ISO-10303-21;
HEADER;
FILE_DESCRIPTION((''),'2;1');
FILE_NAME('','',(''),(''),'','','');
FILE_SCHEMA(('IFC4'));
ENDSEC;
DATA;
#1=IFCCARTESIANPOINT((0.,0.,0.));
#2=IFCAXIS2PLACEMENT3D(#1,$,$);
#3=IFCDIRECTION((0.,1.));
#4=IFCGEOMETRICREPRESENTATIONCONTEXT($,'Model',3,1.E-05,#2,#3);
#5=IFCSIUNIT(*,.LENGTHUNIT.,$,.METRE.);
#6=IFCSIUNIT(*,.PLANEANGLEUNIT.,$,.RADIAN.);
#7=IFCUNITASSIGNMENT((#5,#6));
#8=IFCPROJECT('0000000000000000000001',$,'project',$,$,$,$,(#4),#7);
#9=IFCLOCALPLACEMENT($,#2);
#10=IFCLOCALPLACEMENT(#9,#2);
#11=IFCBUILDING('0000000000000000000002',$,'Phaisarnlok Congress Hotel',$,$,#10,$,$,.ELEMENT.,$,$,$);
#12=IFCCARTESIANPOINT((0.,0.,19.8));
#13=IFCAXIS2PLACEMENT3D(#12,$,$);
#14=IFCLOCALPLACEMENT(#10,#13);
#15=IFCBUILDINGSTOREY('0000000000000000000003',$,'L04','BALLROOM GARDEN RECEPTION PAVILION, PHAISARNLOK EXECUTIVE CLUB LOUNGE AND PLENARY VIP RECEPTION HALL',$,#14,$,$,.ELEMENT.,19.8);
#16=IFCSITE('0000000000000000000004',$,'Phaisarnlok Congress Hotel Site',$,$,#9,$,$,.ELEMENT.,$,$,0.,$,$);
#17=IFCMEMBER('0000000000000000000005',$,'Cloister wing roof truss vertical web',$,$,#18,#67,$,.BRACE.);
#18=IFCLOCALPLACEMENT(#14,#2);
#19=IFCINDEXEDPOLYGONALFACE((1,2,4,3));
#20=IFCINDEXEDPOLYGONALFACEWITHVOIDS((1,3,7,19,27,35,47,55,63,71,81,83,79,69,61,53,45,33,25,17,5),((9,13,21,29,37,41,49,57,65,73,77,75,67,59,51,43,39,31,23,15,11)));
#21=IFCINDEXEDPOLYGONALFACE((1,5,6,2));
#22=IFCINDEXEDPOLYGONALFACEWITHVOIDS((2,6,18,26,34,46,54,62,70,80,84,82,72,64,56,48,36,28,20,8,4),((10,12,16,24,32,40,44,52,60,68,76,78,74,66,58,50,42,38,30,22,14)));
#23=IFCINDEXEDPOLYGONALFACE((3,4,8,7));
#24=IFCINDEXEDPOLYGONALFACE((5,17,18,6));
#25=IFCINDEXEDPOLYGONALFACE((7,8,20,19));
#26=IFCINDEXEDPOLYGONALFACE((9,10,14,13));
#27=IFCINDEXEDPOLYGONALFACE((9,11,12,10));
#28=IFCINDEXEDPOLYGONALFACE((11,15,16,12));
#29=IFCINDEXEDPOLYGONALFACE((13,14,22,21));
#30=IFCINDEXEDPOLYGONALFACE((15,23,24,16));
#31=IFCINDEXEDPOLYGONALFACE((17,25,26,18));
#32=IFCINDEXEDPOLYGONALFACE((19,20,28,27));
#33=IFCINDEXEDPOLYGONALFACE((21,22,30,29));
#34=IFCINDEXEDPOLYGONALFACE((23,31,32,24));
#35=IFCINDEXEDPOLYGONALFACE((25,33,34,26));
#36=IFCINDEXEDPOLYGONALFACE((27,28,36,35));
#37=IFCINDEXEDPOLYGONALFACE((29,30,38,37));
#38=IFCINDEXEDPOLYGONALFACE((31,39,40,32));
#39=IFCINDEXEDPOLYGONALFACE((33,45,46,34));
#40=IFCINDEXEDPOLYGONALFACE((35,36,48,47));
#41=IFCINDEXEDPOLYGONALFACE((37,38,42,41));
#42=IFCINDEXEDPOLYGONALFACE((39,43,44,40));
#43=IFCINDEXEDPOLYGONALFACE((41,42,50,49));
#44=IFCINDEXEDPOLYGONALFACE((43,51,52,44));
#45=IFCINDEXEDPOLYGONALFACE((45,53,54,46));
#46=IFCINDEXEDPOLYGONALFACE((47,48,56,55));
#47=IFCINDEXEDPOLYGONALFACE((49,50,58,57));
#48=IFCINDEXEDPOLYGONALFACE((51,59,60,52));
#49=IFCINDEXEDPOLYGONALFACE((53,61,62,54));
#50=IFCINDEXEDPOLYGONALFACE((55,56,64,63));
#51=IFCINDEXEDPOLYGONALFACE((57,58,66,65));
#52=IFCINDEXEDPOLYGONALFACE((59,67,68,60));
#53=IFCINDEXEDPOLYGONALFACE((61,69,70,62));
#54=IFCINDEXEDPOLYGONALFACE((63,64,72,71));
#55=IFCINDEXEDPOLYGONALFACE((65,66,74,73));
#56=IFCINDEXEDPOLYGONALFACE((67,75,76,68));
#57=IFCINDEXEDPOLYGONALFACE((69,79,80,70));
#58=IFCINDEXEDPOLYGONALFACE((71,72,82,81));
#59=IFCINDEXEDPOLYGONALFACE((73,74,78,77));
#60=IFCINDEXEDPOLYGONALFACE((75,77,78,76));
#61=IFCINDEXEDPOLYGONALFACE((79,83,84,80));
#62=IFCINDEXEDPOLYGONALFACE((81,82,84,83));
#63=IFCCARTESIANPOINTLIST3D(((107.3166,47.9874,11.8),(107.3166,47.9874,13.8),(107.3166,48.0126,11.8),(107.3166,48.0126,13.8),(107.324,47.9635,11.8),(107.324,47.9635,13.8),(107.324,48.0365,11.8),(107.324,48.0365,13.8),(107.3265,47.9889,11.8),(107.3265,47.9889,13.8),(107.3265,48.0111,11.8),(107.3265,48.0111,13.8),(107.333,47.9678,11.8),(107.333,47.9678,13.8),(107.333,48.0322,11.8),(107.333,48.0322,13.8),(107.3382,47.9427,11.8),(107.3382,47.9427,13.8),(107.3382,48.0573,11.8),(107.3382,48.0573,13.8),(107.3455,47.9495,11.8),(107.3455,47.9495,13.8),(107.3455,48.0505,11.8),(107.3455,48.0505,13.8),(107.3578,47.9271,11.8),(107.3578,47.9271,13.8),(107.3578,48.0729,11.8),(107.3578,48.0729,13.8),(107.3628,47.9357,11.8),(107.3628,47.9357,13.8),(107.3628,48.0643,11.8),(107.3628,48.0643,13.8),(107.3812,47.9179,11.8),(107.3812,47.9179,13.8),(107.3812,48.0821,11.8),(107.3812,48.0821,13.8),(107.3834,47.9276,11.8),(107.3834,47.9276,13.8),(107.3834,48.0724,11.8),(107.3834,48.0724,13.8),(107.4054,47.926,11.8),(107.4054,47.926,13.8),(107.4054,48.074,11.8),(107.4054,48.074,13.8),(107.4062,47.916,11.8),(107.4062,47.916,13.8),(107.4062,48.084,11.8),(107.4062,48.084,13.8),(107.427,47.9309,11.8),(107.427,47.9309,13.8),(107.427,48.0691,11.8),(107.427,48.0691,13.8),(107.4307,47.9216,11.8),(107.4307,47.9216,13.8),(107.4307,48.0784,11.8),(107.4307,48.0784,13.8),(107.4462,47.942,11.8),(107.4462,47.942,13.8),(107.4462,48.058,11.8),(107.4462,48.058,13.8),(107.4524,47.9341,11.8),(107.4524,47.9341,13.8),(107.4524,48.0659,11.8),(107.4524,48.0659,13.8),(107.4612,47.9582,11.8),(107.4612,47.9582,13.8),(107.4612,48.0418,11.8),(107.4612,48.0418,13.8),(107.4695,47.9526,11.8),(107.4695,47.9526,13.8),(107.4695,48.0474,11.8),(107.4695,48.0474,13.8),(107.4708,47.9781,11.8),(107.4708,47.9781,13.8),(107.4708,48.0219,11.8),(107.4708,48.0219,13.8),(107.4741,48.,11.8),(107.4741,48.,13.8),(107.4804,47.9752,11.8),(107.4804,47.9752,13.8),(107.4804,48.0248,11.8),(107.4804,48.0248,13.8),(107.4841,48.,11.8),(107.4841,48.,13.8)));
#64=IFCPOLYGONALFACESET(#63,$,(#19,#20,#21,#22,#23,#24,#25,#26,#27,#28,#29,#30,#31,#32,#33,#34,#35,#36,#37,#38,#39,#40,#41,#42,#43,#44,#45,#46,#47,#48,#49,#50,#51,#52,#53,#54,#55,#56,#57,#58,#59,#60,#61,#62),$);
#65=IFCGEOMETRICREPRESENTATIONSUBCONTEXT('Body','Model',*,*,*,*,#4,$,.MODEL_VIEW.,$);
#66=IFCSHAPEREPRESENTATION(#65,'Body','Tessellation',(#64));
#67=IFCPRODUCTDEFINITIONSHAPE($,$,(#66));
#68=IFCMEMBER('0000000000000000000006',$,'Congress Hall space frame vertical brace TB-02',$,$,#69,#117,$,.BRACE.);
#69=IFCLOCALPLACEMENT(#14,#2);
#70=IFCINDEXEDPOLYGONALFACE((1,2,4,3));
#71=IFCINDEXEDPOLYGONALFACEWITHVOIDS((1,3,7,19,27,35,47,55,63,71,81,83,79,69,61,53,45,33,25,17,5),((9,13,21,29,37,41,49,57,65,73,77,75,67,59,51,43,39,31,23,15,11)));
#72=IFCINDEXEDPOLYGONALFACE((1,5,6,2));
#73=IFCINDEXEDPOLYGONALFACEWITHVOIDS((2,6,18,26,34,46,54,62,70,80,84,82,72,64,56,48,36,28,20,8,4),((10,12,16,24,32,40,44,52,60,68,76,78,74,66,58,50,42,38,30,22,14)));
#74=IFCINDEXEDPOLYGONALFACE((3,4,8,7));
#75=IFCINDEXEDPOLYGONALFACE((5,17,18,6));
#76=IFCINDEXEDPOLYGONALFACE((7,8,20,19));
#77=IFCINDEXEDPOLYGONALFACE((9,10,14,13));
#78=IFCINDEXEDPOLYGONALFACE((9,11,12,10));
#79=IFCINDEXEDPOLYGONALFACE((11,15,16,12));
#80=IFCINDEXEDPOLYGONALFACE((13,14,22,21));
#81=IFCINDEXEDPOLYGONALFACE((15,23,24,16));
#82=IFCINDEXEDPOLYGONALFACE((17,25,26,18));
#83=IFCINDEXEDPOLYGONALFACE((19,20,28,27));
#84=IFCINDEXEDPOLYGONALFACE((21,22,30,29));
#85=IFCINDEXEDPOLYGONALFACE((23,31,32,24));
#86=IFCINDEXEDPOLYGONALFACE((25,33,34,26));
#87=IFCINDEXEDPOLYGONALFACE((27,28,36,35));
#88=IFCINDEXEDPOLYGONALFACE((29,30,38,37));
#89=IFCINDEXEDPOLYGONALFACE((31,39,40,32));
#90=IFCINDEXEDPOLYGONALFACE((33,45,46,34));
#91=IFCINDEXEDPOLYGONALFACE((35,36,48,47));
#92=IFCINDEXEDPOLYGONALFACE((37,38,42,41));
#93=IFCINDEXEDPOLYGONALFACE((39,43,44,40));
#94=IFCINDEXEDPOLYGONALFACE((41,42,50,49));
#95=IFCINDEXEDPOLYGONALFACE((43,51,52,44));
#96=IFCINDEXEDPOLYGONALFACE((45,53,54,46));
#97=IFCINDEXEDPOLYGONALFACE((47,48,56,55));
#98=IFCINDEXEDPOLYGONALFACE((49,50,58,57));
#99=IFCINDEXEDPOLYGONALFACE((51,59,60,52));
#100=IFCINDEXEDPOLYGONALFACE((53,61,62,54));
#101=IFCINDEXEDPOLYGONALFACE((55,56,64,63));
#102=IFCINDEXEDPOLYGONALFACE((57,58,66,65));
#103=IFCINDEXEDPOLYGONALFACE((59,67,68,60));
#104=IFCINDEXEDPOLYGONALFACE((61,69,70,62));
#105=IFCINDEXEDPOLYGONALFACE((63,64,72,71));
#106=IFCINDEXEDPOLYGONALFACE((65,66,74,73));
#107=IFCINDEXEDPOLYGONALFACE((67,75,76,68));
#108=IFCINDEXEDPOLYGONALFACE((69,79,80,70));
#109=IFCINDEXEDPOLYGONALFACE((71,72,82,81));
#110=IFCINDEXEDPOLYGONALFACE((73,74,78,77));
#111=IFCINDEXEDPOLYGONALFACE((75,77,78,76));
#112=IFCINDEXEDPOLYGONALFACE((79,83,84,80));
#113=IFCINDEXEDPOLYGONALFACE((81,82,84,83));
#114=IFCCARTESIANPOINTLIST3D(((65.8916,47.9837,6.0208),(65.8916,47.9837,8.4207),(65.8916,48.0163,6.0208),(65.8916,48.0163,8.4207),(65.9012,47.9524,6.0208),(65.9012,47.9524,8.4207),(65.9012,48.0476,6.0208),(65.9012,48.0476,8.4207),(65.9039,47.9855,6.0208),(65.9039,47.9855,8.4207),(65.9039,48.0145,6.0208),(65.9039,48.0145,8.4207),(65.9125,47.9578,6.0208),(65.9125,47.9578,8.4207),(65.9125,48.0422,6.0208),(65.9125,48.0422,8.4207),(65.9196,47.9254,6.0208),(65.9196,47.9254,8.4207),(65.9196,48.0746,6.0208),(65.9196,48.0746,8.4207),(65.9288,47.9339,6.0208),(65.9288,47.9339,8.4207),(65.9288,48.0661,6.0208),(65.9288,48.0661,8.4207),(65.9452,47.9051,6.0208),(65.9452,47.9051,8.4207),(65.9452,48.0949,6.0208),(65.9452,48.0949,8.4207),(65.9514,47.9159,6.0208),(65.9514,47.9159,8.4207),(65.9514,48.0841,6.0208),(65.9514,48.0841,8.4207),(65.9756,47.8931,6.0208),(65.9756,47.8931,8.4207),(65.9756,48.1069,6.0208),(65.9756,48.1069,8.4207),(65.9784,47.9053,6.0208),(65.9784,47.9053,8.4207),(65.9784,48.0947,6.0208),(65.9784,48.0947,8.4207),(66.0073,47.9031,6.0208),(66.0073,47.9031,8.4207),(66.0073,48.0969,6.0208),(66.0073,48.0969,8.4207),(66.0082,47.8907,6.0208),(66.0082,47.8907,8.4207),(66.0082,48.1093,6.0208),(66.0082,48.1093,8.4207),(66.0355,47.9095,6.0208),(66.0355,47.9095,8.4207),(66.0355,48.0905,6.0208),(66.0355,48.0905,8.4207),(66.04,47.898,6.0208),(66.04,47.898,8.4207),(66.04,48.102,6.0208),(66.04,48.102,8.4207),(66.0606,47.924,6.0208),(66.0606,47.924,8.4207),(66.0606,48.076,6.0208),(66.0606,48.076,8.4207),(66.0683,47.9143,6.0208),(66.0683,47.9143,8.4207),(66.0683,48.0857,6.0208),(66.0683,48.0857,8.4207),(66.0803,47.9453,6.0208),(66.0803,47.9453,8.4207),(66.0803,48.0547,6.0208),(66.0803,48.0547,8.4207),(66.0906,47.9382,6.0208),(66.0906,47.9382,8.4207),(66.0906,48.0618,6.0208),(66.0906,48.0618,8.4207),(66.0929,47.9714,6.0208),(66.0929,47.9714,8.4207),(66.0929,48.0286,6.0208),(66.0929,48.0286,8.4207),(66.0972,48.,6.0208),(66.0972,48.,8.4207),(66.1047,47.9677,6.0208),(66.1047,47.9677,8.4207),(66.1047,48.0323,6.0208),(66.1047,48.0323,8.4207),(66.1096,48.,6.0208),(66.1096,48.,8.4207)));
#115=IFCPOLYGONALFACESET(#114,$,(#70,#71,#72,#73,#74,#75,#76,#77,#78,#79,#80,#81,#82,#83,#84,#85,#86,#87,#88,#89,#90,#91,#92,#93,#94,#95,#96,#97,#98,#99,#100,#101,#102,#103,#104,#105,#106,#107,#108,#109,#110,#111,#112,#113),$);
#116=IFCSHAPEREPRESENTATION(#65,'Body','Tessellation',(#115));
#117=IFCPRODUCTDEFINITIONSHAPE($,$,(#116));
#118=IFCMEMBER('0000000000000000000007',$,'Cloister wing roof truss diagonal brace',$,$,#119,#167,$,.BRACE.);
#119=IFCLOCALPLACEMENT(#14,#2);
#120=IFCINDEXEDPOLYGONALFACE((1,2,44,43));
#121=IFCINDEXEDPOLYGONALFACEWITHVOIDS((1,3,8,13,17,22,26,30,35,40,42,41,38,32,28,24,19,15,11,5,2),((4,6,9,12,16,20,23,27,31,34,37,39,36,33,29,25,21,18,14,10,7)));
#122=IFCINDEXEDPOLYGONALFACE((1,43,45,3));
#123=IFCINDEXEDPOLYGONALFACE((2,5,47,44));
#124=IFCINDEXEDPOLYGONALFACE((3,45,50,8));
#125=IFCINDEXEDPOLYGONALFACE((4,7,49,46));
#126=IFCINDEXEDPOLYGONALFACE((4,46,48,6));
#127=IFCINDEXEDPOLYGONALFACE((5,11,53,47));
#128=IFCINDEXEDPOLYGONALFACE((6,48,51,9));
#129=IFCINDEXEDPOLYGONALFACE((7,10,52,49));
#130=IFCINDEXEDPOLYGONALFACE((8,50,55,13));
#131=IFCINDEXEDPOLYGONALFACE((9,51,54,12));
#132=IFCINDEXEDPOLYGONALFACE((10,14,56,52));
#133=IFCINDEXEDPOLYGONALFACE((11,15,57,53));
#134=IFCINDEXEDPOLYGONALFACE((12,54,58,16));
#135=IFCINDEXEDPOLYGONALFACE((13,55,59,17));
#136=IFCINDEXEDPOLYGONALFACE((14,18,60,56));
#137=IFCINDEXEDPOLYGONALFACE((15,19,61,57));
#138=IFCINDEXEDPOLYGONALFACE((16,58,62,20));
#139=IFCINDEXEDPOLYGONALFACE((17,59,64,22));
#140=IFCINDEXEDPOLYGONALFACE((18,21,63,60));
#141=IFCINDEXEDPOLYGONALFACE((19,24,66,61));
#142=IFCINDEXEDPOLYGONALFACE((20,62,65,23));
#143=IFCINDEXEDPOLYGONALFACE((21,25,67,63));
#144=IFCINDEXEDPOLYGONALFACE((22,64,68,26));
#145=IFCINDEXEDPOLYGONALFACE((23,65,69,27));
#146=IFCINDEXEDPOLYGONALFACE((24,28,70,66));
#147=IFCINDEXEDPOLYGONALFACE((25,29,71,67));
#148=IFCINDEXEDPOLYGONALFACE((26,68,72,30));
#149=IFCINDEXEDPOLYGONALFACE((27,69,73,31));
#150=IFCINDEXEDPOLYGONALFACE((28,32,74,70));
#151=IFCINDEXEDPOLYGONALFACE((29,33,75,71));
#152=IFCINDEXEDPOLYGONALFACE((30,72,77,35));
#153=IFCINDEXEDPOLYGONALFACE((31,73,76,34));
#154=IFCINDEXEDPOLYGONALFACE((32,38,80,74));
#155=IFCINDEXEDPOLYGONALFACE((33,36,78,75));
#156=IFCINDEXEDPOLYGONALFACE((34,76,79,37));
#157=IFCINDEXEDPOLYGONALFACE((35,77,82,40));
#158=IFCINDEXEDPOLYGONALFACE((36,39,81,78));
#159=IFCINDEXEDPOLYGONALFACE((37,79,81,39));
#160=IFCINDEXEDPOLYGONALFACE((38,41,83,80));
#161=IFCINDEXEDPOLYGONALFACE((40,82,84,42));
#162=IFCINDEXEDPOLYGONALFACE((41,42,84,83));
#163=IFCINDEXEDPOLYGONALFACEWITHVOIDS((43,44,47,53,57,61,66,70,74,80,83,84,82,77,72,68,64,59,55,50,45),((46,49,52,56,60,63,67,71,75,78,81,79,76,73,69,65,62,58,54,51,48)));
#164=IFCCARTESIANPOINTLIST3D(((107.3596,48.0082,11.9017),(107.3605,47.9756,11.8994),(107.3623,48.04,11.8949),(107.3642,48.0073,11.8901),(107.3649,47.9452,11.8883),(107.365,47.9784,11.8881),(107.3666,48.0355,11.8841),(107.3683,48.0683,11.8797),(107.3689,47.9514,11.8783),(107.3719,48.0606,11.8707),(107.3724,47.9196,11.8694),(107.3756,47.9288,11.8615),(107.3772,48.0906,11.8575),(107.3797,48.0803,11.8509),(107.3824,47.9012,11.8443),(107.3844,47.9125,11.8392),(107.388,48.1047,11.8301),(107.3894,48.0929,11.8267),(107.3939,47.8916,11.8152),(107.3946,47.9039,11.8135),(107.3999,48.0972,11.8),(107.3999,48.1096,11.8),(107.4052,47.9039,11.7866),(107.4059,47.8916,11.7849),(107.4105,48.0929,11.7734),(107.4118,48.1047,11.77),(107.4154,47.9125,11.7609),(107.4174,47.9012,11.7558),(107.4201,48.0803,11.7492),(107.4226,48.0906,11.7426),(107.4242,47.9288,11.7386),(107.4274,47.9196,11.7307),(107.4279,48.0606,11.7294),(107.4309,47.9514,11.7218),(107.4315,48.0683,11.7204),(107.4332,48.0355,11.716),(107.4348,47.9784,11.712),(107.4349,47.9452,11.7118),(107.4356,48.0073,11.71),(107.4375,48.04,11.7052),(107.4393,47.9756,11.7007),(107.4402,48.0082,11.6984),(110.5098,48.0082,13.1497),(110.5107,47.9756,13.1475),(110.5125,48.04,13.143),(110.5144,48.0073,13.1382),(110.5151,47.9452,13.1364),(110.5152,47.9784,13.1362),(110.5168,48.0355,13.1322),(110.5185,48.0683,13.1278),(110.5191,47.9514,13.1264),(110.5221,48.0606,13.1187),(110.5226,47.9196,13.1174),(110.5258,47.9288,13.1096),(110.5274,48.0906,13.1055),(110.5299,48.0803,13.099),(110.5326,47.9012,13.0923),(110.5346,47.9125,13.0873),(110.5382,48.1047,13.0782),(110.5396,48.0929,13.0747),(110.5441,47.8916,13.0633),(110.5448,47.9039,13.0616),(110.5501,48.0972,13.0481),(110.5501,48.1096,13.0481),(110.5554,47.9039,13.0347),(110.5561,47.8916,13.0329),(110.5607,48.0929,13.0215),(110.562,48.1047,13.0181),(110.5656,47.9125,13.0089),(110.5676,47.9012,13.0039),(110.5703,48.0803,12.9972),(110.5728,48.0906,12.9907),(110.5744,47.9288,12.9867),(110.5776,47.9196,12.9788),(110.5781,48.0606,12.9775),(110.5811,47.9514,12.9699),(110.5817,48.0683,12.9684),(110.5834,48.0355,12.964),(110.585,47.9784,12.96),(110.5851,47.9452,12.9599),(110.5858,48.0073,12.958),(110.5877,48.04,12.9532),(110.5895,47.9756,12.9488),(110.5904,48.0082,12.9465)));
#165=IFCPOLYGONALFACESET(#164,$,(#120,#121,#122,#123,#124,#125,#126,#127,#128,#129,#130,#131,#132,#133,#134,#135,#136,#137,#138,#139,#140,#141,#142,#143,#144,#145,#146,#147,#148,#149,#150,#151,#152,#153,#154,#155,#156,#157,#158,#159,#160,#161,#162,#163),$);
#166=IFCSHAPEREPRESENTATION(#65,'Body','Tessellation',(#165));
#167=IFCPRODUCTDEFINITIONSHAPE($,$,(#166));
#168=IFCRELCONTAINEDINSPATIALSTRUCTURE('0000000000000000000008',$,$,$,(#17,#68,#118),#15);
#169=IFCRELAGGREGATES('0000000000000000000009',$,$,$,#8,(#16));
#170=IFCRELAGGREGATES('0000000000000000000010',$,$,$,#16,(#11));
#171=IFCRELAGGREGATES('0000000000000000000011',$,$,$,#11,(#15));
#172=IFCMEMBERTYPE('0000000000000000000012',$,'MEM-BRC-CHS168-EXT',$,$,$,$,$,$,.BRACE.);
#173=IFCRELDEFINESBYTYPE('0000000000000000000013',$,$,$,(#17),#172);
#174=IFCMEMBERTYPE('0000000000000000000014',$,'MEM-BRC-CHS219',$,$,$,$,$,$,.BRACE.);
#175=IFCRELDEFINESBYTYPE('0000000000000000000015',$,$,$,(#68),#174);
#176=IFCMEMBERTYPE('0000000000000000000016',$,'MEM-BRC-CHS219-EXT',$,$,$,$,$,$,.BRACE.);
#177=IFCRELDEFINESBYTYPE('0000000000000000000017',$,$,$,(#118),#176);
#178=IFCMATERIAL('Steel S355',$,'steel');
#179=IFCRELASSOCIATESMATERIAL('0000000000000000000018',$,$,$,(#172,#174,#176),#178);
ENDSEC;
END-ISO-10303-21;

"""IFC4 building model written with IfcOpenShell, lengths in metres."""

from ifc_helpers import new_model, si_unit, direction, frame, origin, origin_2d, place, context, subcontext, project, spatial, hollow_circle, extrude, material, material_profile, profile_set, type_object, element, save


model = new_model("IFC4")

# Units and contexts
model_context = context("Model", 3, precision=1e-05, world=origin(), true_north=direction((0.0, 1.0)))
body_context = subcontext(model_context, "Body", "Model", "MODEL_VIEW")
ifc_project = project(units=[si_unit("LENGTHUNIT", "METRE"), si_unit("PLANEANGLEUNIT", "RADIAN")], contexts=[model_context])

# Site, building, storey
site_placement = place(None, origin())
site = spatial("IfcSite", under=ifc_project, at=site_placement, Name="Phaisarnlok Congress Hotel Site", CompositionType="ELEMENT", RefElevation=0.0)
building_placement = place(site_placement, origin())
building = spatial("IfcBuilding", under=site, at=building_placement, Name="Phaisarnlok Congress Hotel", CompositionType="ELEMENT")
storey_placement = place(building_placement, frame((0.0, 0.0, 19.8)))
storey = spatial("IfcBuildingStorey", under=building, at=storey_placement, Name="L04", Description="BALLROOM GARDEN RECEPTION PAVILION, PHAISARNLOK EXECUTIVE CLUB LOUNGE AND PLENARY VIP RECEPTION HALL", CompositionType="ELEMENT", Elevation=19.8)

# Shared definitions
ifc_material_1 = material(Name="Steel S355", Category="steel")

# Members
ifc_material_profile_1 = material_profile(ifc_material_1, hollow_circle(Radius=0.0842, WallThickness=0.01, at=origin_2d()), Name="CHS 168.3x10")
ifc_profile_set_1 = profile_set([ifc_material_profile_1], Name="Steel S355")
member_type_1 = type_object("IfcMemberType", Name="MEM-BRC-CHS168-EXT", PredefinedType="BRACE", material=ifc_profile_set_1)
member_1_placement = place(storey_placement, frame((107.3999, 48.0, 11.8), z_axis=(0.0, 0.0, 1.0), x_axis=(1.0, 0.0, 0.0)))
element("IfcMember", 1, at=member_1_placement, inside=storey, type_object=member_type_1, Name="Cloister wing roof truss vertical web", PredefinedType="BRACE", context=body_context, shape_type="SweptSolid", body=[
    extrude(hollow_circle(Radius=0.0842, WallThickness=0.01, at=origin_2d()), origin(), (0.0, 0.0, 1.0), 2.0),
])
ifc_material_profile_2 = material_profile(ifc_material_1, hollow_circle(Radius=0.1096, WallThickness=0.0125, at=origin_2d()), Name="CHS 219.1x12.5")
ifc_profile_set_2 = profile_set([ifc_material_profile_2], Name="Steel S355")
member_type_2 = type_object("IfcMemberType", Name="MEM-BRC-CHS219", PredefinedType="BRACE", material=ifc_profile_set_2)
member_2_placement = place(storey_placement, frame((66.0, 48.0, 6.0208), z_axis=(0.0, 0.0, 1.0), x_axis=(1.0, 0.0, 0.0)))
element("IfcMember", 2, at=member_2_placement, inside=storey, type_object=member_type_2, Name="Congress Hall space frame vertical brace TB-02", PredefinedType="BRACE", context=body_context, shape_type="SweptSolid", body=[
    extrude(hollow_circle(Radius=0.1096, WallThickness=0.0125, at=origin_2d()), origin(), (0.0, 0.0, 1.0), 2.3999),
])
ifc_material_profile_3 = material_profile(ifc_material_1, hollow_circle(Radius=0.1096, WallThickness=0.0125, at=origin_2d()), Name="CHS 219.1x12.5")
ifc_profile_set_3 = profile_set([ifc_material_profile_3], Name="Steel S355")
member_type_3 = type_object("IfcMemberType", Name="MEM-BRC-CHS219-EXT", PredefinedType="BRACE", material=ifc_profile_set_3)
member_3_placement = place(storey_placement, frame((107.3999, 48.0, 11.8), z_axis=(0.929694, 0.0, 0.368333), x_axis=(0.0, 1.0, 0.0)))
element("IfcMember", 3, at=member_3_placement, inside=storey, type_object=member_type_3, Name="Cloister wing roof truss diagonal brace", PredefinedType="BRACE", context=body_context, shape_type="SweptSolid", body=[
    extrude(hollow_circle(Radius=0.1096, WallThickness=0.0125, at=origin_2d()), origin(), (0.0, 0.0, 1.0), 3.3884),
])

save(model, "model.ifc")
